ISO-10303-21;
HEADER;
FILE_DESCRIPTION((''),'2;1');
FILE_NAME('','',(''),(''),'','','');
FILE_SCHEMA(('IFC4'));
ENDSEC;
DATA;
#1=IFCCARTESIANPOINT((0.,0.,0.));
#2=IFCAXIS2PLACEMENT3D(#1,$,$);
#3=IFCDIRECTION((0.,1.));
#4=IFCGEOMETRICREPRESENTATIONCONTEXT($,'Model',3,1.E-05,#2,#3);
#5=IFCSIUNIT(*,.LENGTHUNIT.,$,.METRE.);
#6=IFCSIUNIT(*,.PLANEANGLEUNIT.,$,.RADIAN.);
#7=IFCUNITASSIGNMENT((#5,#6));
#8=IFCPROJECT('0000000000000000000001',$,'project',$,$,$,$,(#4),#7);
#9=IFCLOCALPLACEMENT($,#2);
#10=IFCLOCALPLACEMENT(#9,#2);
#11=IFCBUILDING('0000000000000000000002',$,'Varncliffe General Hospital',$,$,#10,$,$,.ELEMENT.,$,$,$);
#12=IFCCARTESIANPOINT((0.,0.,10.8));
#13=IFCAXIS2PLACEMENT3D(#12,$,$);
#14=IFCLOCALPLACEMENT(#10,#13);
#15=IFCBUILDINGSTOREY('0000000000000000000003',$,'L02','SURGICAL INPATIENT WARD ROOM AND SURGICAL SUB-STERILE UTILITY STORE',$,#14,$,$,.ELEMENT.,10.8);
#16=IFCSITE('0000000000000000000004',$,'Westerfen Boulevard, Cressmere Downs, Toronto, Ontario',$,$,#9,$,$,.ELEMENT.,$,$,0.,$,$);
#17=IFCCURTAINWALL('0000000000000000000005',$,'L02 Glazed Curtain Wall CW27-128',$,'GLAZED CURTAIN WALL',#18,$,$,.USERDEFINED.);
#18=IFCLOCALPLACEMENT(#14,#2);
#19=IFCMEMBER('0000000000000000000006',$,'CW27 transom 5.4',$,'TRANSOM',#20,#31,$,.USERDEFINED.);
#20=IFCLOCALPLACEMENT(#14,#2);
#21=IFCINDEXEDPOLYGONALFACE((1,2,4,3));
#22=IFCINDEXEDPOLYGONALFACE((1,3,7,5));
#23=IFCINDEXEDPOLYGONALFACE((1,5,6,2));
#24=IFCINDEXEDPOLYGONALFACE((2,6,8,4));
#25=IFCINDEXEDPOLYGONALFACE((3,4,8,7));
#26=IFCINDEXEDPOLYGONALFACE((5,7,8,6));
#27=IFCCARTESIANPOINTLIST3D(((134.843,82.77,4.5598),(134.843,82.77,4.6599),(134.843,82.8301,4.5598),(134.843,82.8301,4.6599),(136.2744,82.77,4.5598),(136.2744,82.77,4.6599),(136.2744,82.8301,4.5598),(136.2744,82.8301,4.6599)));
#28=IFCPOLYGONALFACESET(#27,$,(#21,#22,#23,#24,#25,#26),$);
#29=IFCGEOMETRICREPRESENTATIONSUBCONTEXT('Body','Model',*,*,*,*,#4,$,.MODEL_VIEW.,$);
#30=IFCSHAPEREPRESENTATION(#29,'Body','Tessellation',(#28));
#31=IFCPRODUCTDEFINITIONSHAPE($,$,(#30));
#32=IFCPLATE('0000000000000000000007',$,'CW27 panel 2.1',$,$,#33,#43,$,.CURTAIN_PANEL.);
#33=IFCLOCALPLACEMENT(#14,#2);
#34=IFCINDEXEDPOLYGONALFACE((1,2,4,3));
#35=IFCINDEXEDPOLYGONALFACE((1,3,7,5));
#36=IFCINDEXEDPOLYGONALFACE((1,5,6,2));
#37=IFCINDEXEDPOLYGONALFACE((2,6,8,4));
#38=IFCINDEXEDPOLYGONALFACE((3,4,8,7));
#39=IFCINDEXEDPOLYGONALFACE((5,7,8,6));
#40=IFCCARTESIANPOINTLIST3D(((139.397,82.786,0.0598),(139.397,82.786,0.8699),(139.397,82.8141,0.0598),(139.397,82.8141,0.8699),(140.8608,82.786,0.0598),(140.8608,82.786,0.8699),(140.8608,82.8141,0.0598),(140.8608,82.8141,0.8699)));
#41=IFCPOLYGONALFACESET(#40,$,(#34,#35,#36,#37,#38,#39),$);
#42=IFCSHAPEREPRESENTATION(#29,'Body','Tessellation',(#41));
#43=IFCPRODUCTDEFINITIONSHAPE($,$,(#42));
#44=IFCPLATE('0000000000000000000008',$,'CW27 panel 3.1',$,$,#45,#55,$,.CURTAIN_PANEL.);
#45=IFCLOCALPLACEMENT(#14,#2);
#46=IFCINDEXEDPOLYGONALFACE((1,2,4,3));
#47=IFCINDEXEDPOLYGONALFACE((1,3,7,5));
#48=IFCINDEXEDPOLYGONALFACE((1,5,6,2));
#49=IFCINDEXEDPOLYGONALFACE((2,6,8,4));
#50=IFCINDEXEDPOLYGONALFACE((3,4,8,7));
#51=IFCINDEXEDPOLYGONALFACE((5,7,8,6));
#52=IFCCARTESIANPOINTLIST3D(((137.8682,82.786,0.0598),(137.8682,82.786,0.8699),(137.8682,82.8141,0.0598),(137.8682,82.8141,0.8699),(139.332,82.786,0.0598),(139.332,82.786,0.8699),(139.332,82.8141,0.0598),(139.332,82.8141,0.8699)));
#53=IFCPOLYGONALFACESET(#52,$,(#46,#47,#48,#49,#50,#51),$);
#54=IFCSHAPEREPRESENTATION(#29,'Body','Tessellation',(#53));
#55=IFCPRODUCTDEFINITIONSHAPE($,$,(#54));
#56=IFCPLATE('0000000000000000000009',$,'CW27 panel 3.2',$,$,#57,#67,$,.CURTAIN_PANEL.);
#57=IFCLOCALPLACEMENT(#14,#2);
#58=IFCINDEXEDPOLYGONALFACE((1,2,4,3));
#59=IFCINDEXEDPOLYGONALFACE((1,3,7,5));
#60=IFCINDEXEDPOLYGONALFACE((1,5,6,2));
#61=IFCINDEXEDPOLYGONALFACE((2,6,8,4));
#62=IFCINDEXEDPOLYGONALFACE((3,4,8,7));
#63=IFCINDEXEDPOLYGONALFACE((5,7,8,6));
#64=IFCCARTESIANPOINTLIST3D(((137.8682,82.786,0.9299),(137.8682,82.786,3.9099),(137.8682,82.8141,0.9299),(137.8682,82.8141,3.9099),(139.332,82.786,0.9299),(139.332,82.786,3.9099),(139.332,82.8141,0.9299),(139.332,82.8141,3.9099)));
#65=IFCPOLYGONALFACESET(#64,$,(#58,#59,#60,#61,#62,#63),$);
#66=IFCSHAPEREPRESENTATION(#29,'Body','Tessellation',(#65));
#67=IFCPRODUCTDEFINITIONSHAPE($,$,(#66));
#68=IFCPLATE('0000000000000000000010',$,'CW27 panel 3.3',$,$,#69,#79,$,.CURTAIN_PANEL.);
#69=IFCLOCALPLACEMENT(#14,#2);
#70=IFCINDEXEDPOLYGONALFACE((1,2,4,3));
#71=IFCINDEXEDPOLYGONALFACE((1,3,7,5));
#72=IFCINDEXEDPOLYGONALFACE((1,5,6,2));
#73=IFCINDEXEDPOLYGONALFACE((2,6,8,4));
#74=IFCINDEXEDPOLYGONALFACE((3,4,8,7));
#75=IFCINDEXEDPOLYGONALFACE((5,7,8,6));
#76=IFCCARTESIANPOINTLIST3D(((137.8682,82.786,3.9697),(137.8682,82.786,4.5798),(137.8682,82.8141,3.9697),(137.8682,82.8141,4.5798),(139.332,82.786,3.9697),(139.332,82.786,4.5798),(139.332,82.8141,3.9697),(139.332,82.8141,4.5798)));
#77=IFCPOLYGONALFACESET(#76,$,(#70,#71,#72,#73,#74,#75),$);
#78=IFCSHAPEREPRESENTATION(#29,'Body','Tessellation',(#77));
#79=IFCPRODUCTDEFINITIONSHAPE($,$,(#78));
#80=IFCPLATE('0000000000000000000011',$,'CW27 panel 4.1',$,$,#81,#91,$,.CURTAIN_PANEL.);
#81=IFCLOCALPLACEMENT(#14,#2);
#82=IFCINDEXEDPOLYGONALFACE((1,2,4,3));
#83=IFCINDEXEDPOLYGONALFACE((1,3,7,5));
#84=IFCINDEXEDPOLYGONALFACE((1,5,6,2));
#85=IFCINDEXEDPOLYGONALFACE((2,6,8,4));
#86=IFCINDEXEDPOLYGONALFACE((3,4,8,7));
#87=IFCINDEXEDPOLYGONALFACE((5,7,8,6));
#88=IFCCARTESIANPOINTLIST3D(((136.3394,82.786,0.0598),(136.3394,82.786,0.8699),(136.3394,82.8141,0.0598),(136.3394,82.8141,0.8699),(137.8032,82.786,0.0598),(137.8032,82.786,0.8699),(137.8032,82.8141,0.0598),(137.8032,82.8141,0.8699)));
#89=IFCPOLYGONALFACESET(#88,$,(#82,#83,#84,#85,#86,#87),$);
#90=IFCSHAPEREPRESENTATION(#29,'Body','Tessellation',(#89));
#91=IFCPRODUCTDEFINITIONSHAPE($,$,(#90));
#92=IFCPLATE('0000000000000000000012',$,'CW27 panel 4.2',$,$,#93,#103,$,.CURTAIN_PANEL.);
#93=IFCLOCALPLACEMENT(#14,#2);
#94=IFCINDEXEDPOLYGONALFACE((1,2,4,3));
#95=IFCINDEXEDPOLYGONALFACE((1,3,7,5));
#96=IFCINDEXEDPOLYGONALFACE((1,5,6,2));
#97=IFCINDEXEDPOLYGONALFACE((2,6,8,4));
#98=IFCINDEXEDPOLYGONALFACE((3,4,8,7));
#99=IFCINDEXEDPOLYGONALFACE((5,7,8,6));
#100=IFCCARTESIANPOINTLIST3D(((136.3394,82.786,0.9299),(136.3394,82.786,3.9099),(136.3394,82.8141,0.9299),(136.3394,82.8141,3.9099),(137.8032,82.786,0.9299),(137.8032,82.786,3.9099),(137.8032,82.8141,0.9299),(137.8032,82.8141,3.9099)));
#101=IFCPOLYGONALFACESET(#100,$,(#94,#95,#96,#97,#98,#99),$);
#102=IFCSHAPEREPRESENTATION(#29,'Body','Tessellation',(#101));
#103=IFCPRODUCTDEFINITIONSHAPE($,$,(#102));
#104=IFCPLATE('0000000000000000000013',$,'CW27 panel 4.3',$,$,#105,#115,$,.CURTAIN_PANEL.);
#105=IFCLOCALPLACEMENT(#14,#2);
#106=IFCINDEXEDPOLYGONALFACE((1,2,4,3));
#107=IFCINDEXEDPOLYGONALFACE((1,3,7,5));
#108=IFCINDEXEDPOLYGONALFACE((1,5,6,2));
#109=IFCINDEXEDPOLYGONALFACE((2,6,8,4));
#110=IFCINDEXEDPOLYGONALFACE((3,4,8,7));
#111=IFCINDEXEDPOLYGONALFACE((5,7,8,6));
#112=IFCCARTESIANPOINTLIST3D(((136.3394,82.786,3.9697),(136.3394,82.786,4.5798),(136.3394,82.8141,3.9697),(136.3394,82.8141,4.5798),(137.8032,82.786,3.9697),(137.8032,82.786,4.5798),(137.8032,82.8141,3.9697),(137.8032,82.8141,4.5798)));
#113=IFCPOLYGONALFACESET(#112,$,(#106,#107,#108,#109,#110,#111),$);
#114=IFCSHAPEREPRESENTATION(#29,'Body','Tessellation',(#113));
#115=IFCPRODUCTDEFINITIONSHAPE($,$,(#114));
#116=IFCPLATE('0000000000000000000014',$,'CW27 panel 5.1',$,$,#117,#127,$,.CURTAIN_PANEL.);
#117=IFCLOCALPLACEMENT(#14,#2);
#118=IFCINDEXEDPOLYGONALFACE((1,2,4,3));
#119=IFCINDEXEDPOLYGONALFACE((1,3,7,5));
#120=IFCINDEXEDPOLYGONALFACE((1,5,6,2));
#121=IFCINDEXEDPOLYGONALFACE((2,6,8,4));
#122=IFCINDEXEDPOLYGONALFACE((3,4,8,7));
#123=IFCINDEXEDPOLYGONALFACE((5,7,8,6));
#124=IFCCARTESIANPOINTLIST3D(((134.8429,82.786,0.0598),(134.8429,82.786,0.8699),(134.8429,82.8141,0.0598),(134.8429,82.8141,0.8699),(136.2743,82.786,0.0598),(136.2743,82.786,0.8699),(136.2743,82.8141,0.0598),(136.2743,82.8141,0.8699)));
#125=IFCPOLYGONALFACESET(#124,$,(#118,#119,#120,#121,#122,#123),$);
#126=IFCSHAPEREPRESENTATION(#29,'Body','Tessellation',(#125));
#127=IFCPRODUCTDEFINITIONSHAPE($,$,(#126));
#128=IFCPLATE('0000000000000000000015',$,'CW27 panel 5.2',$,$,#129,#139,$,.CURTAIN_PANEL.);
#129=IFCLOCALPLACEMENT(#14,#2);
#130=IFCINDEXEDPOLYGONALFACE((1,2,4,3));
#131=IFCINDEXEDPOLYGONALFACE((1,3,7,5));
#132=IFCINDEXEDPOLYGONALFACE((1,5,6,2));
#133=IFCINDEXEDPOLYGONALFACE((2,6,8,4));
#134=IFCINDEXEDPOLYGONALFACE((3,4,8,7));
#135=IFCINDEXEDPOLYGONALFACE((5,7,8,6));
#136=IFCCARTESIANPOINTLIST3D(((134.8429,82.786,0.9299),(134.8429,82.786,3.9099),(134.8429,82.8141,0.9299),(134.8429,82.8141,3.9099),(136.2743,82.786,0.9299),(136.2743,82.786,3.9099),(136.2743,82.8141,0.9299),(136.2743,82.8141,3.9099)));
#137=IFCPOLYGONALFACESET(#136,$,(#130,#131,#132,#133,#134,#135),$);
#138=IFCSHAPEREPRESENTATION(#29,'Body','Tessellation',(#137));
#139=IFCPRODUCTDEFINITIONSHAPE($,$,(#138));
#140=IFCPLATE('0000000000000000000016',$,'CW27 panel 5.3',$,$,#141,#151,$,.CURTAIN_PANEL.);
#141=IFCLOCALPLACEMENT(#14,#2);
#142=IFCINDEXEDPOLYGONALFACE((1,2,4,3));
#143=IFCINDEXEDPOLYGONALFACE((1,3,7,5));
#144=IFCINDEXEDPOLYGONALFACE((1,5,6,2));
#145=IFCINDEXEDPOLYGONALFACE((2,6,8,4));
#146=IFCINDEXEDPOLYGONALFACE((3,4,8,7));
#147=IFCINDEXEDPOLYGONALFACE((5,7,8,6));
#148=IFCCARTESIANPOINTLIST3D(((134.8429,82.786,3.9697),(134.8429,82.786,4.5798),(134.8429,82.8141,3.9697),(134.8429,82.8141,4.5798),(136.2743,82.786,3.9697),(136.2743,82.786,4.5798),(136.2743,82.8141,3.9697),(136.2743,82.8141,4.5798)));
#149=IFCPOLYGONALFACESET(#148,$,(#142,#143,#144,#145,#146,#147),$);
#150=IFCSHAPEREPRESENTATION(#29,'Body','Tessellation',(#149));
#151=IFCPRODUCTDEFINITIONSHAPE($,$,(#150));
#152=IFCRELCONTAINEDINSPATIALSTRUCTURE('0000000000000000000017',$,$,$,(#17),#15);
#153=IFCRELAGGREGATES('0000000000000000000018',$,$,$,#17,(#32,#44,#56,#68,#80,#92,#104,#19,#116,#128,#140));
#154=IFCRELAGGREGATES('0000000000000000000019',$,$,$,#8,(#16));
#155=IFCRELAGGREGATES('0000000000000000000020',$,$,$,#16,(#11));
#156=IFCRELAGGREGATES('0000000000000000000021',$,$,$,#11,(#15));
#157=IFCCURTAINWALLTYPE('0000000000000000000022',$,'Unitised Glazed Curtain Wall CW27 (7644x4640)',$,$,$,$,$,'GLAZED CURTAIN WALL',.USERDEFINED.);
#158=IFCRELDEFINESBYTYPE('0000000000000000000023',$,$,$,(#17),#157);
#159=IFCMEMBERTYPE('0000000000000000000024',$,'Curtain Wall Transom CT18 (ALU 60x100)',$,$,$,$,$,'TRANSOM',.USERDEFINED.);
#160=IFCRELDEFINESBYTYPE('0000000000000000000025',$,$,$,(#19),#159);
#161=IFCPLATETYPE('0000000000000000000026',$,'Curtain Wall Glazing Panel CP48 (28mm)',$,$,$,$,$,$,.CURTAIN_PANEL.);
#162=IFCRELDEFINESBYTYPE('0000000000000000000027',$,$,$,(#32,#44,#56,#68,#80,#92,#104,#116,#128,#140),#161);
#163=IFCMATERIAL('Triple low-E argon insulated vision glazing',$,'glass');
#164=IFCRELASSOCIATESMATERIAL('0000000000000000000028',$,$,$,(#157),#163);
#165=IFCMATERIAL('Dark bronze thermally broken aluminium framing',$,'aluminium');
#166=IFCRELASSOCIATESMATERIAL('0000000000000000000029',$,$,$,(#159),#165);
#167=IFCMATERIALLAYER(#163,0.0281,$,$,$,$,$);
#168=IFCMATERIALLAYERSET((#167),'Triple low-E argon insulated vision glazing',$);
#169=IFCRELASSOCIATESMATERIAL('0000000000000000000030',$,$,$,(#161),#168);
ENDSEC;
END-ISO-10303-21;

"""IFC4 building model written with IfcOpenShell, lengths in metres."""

from ifc_helpers import new_model, si_unit, direction, frame, origin, origin_2d, place, context, subcontext, project, spatial, rectangle, extrude, material, layer, layer_set, material_profile, profile_set, type_object, element, aggregate, save


model = new_model("IFC4")

# Units and contexts
model_context = context("Model", 3, precision=1e-05, world=origin(), true_north=direction((0.0, 1.0)))
body_context = subcontext(model_context, "Body", "Model", "MODEL_VIEW")
ifc_project = project(units=[si_unit("LENGTHUNIT", "METRE"), si_unit("PLANEANGLEUNIT", "RADIAN")], contexts=[model_context])

# Site, building, storey
site_placement = place(None, origin())
site = spatial("IfcSite", under=ifc_project, at=site_placement, Name="Westerfen Boulevard, Cressmere Downs, Toronto, Ontario", CompositionType="ELEMENT", RefElevation=0.0)
building_placement = place(site_placement, origin())
building = spatial("IfcBuilding", under=site, at=building_placement, Name="Varncliffe General Hospital", CompositionType="ELEMENT")
storey_placement = place(building_placement, frame((0.0, 0.0, 10.8)))
storey = spatial("IfcBuildingStorey", under=building, at=storey_placement, Name="L02", Description="SURGICAL INPATIENT WARD ROOM AND SURGICAL SUB-STERILE UTILITY STORE", CompositionType="ELEMENT", Elevation=10.8)

# Curtain wall, member, plates
ifc_material_1 = material(Name="Triple low-E argon insulated vision glazing", Category="glass")
curtain_wall_type = type_object("IfcCurtainWallType", Name="Unitised Glazed Curtain Wall CW27 (7644x4640)", ElementType="GLAZED CURTAIN WALL", PredefinedType="USERDEFINED", material=ifc_material_1)
curtain_wall_placement = place(storey_placement, origin())
curtain_wall = element("IfcCurtainWall", 1, at=curtain_wall_placement, inside=storey, type_object=curtain_wall_type, Name="L02 Glazed Curtain Wall CW27-128", ObjectType="GLAZED CURTAIN WALL", PredefinedType="USERDEFINED")
ifc_material_2 = material(Name="Dark bronze thermally broken aluminium framing", Category="aluminium")
ifc_material_profile_1 = material_profile(ifc_material_2, rectangle(XDim=0.0601, YDim=0.1001, at=origin_2d()), Name="ALU 60x100")
ifc_profile_set_1 = profile_set([ifc_material_profile_1], Name="Dark bronze thermally broken aluminium framing")
member_type_1 = type_object("IfcMemberType", Name="Curtain Wall Transom CT18 (ALU 60x100)", ElementType="TRANSOM", PredefinedType="USERDEFINED", material=ifc_profile_set_1)
member_1_placement = place(storey_placement, frame((136.2744, 82.8, 4.6099), z_axis=(-1.0, 0.0, 0.0), x_axis=(0.0, -1.0, 0.0)))
member_1 = element("IfcMember", 2, at=member_1_placement, type_object=member_type_1, Name="CW27 transom 5.4", ObjectType="TRANSOM", PredefinedType="USERDEFINED", context=body_context, shape_type="SweptSolid", body=[
    extrude(rectangle(XDim=0.0601, YDim=0.1001, at=origin_2d()), origin(), (0.0, 0.0, 1.0), 1.4314),
])
ifc_layer = layer(ifc_material_1, 0.0281)
ifc_layer_set = layer_set([ifc_layer], Name="Triple low-E argon insulated vision glazing")
plate_type = type_object("IfcPlateType", Name="Curtain Wall Glazing Panel CP48 (28mm)", PredefinedType="CURTAIN_PANEL", material=ifc_layer_set)
plate_1_placement = place(storey_placement, frame((140.1289, 82.8, 0.0598), z_axis=(0.0, 0.0, 1.0), x_axis=(-1.0, 0.0, 0.0)))
plate_1 = element("IfcPlate", 3, at=plate_1_placement, type_object=plate_type, Name="CW27 panel 2.1", PredefinedType="CURTAIN_PANEL", context=body_context, shape_type="SweptSolid", body=[
    extrude(rectangle(XDim=1.4639, YDim=0.0281, at=origin_2d()), origin(), (0.0, 0.0, 1.0), 0.8101),
])
plate_2_placement = place(storey_placement, frame((138.6001, 82.8, 0.0598), z_axis=(0.0, 0.0, 1.0), x_axis=(-1.0, 0.0, 0.0)))
plate_2 = element("IfcPlate", 4, at=plate_2_placement, type_object=plate_type, Name="CW27 panel 3.1", PredefinedType="CURTAIN_PANEL", context=body_context, shape_type="SweptSolid", body=[
    extrude(rectangle(XDim=1.4639, YDim=0.0281, at=origin_2d()), origin(), (0.0, 0.0, 1.0), 0.8101),
])
plate_3_placement = place(storey_placement, frame((138.6001, 82.8, 0.9299), z_axis=(0.0, 0.0, 1.0), x_axis=(-1.0, 0.0, 0.0)))
plate_3 = element("IfcPlate", 5, at=plate_3_placement, type_object=plate_type, Name="CW27 panel 3.2", PredefinedType="CURTAIN_PANEL", context=body_context, shape_type="SweptSolid", body=[
    extrude(rectangle(XDim=1.4639, YDim=0.0281, at=origin_2d()), origin(), (0.0, 0.0, 1.0), 2.98),
])
plate_4_placement = place(storey_placement, frame((138.6001, 82.8, 3.9697), z_axis=(0.0, 0.0, 1.0), x_axis=(-1.0, 0.0, 0.0)))
plate_4 = element("IfcPlate", 6, at=plate_4_placement, type_object=plate_type, Name="CW27 panel 3.3", PredefinedType="CURTAIN_PANEL", context=body_context, shape_type="SweptSolid", body=[
    extrude(rectangle(XDim=1.4639, YDim=0.0281, at=origin_2d()), origin(), (0.0, 0.0, 1.0), 0.6101),
])
plate_5_placement = place(storey_placement, frame((137.0713, 82.8, 0.0598), z_axis=(0.0, 0.0, 1.0), x_axis=(-1.0, 0.0, 0.0)))
plate_5 = element("IfcPlate", 7, at=plate_5_placement, type_object=plate_type, Name="CW27 panel 4.1", PredefinedType="CURTAIN_PANEL", context=body_context, shape_type="SweptSolid", body=[
    extrude(rectangle(XDim=1.4639, YDim=0.0281, at=origin_2d()), origin(), (0.0, 0.0, 1.0), 0.8101),
])
plate_6_placement = place(storey_placement, frame((137.0713, 82.8, 0.9299), z_axis=(0.0, 0.0, 1.0), x_axis=(-1.0, 0.0, 0.0)))
plate_6 = element("IfcPlate", 8, at=plate_6_placement, type_object=plate_type, Name="CW27 panel 4.2", PredefinedType="CURTAIN_PANEL", context=body_context, shape_type="SweptSolid", body=[
    extrude(rectangle(XDim=1.4639, YDim=0.0281, at=origin_2d()), origin(), (0.0, 0.0, 1.0), 2.98),
])
plate_7_placement = place(storey_placement, frame((137.0713, 82.8, 3.9697), z_axis=(0.0, 0.0, 1.0), x_axis=(-1.0, 0.0, 0.0)))
plate_7 = element("IfcPlate", 9, at=plate_7_placement, type_object=plate_type, Name="CW27 panel 4.3", PredefinedType="CURTAIN_PANEL", context=body_context, shape_type="SweptSolid", body=[
    extrude(rectangle(XDim=1.4639, YDim=0.0281, at=origin_2d()), origin(), (0.0, 0.0, 1.0), 0.6101),
])
plate_8_placement = place(storey_placement, frame((135.5586, 82.8, 0.0598), z_axis=(0.0, 0.0, 1.0), x_axis=(-1.0, 0.0, 0.0)))
plate_8 = element("IfcPlate", 10, at=plate_8_placement, type_object=plate_type, Name="CW27 panel 5.1", PredefinedType="CURTAIN_PANEL", context=body_context, shape_type="SweptSolid", body=[
    extrude(rectangle(XDim=1.4314, YDim=0.0281, at=origin_2d()), origin(), (0.0, 0.0, 1.0), 0.8101),
])
plate_9_placement = place(storey_placement, frame((135.5586, 82.8, 0.9299), z_axis=(0.0, 0.0, 1.0), x_axis=(-1.0, 0.0, 0.0)))
plate_9 = element("IfcPlate", 11, at=plate_9_placement, type_object=plate_type, Name="CW27 panel 5.2", PredefinedType="CURTAIN_PANEL", context=body_context, shape_type="SweptSolid", body=[
    extrude(rectangle(XDim=1.4314, YDim=0.0281, at=origin_2d()), origin(), (0.0, 0.0, 1.0), 2.98),
])
plate_10_placement = place(storey_placement, frame((135.5586, 82.8, 3.9697), z_axis=(0.0, 0.0, 1.0), x_axis=(-1.0, 0.0, 0.0)))
plate_10 = element("IfcPlate", 12, at=plate_10_placement, type_object=plate_type, Name="CW27 panel 5.3", PredefinedType="CURTAIN_PANEL", context=body_context, shape_type="SweptSolid", body=[
    extrude(rectangle(XDim=1.4314, YDim=0.0281, at=origin_2d()), origin(), (0.0, 0.0, 1.0), 0.6101),
])
aggregate(curtain_wall, [plate_1, plate_2, plate_3, plate_4, plate_5, plate_6, plate_7, member_1, plate_8, plate_9, plate_10])

save(model, "model.ifc")
